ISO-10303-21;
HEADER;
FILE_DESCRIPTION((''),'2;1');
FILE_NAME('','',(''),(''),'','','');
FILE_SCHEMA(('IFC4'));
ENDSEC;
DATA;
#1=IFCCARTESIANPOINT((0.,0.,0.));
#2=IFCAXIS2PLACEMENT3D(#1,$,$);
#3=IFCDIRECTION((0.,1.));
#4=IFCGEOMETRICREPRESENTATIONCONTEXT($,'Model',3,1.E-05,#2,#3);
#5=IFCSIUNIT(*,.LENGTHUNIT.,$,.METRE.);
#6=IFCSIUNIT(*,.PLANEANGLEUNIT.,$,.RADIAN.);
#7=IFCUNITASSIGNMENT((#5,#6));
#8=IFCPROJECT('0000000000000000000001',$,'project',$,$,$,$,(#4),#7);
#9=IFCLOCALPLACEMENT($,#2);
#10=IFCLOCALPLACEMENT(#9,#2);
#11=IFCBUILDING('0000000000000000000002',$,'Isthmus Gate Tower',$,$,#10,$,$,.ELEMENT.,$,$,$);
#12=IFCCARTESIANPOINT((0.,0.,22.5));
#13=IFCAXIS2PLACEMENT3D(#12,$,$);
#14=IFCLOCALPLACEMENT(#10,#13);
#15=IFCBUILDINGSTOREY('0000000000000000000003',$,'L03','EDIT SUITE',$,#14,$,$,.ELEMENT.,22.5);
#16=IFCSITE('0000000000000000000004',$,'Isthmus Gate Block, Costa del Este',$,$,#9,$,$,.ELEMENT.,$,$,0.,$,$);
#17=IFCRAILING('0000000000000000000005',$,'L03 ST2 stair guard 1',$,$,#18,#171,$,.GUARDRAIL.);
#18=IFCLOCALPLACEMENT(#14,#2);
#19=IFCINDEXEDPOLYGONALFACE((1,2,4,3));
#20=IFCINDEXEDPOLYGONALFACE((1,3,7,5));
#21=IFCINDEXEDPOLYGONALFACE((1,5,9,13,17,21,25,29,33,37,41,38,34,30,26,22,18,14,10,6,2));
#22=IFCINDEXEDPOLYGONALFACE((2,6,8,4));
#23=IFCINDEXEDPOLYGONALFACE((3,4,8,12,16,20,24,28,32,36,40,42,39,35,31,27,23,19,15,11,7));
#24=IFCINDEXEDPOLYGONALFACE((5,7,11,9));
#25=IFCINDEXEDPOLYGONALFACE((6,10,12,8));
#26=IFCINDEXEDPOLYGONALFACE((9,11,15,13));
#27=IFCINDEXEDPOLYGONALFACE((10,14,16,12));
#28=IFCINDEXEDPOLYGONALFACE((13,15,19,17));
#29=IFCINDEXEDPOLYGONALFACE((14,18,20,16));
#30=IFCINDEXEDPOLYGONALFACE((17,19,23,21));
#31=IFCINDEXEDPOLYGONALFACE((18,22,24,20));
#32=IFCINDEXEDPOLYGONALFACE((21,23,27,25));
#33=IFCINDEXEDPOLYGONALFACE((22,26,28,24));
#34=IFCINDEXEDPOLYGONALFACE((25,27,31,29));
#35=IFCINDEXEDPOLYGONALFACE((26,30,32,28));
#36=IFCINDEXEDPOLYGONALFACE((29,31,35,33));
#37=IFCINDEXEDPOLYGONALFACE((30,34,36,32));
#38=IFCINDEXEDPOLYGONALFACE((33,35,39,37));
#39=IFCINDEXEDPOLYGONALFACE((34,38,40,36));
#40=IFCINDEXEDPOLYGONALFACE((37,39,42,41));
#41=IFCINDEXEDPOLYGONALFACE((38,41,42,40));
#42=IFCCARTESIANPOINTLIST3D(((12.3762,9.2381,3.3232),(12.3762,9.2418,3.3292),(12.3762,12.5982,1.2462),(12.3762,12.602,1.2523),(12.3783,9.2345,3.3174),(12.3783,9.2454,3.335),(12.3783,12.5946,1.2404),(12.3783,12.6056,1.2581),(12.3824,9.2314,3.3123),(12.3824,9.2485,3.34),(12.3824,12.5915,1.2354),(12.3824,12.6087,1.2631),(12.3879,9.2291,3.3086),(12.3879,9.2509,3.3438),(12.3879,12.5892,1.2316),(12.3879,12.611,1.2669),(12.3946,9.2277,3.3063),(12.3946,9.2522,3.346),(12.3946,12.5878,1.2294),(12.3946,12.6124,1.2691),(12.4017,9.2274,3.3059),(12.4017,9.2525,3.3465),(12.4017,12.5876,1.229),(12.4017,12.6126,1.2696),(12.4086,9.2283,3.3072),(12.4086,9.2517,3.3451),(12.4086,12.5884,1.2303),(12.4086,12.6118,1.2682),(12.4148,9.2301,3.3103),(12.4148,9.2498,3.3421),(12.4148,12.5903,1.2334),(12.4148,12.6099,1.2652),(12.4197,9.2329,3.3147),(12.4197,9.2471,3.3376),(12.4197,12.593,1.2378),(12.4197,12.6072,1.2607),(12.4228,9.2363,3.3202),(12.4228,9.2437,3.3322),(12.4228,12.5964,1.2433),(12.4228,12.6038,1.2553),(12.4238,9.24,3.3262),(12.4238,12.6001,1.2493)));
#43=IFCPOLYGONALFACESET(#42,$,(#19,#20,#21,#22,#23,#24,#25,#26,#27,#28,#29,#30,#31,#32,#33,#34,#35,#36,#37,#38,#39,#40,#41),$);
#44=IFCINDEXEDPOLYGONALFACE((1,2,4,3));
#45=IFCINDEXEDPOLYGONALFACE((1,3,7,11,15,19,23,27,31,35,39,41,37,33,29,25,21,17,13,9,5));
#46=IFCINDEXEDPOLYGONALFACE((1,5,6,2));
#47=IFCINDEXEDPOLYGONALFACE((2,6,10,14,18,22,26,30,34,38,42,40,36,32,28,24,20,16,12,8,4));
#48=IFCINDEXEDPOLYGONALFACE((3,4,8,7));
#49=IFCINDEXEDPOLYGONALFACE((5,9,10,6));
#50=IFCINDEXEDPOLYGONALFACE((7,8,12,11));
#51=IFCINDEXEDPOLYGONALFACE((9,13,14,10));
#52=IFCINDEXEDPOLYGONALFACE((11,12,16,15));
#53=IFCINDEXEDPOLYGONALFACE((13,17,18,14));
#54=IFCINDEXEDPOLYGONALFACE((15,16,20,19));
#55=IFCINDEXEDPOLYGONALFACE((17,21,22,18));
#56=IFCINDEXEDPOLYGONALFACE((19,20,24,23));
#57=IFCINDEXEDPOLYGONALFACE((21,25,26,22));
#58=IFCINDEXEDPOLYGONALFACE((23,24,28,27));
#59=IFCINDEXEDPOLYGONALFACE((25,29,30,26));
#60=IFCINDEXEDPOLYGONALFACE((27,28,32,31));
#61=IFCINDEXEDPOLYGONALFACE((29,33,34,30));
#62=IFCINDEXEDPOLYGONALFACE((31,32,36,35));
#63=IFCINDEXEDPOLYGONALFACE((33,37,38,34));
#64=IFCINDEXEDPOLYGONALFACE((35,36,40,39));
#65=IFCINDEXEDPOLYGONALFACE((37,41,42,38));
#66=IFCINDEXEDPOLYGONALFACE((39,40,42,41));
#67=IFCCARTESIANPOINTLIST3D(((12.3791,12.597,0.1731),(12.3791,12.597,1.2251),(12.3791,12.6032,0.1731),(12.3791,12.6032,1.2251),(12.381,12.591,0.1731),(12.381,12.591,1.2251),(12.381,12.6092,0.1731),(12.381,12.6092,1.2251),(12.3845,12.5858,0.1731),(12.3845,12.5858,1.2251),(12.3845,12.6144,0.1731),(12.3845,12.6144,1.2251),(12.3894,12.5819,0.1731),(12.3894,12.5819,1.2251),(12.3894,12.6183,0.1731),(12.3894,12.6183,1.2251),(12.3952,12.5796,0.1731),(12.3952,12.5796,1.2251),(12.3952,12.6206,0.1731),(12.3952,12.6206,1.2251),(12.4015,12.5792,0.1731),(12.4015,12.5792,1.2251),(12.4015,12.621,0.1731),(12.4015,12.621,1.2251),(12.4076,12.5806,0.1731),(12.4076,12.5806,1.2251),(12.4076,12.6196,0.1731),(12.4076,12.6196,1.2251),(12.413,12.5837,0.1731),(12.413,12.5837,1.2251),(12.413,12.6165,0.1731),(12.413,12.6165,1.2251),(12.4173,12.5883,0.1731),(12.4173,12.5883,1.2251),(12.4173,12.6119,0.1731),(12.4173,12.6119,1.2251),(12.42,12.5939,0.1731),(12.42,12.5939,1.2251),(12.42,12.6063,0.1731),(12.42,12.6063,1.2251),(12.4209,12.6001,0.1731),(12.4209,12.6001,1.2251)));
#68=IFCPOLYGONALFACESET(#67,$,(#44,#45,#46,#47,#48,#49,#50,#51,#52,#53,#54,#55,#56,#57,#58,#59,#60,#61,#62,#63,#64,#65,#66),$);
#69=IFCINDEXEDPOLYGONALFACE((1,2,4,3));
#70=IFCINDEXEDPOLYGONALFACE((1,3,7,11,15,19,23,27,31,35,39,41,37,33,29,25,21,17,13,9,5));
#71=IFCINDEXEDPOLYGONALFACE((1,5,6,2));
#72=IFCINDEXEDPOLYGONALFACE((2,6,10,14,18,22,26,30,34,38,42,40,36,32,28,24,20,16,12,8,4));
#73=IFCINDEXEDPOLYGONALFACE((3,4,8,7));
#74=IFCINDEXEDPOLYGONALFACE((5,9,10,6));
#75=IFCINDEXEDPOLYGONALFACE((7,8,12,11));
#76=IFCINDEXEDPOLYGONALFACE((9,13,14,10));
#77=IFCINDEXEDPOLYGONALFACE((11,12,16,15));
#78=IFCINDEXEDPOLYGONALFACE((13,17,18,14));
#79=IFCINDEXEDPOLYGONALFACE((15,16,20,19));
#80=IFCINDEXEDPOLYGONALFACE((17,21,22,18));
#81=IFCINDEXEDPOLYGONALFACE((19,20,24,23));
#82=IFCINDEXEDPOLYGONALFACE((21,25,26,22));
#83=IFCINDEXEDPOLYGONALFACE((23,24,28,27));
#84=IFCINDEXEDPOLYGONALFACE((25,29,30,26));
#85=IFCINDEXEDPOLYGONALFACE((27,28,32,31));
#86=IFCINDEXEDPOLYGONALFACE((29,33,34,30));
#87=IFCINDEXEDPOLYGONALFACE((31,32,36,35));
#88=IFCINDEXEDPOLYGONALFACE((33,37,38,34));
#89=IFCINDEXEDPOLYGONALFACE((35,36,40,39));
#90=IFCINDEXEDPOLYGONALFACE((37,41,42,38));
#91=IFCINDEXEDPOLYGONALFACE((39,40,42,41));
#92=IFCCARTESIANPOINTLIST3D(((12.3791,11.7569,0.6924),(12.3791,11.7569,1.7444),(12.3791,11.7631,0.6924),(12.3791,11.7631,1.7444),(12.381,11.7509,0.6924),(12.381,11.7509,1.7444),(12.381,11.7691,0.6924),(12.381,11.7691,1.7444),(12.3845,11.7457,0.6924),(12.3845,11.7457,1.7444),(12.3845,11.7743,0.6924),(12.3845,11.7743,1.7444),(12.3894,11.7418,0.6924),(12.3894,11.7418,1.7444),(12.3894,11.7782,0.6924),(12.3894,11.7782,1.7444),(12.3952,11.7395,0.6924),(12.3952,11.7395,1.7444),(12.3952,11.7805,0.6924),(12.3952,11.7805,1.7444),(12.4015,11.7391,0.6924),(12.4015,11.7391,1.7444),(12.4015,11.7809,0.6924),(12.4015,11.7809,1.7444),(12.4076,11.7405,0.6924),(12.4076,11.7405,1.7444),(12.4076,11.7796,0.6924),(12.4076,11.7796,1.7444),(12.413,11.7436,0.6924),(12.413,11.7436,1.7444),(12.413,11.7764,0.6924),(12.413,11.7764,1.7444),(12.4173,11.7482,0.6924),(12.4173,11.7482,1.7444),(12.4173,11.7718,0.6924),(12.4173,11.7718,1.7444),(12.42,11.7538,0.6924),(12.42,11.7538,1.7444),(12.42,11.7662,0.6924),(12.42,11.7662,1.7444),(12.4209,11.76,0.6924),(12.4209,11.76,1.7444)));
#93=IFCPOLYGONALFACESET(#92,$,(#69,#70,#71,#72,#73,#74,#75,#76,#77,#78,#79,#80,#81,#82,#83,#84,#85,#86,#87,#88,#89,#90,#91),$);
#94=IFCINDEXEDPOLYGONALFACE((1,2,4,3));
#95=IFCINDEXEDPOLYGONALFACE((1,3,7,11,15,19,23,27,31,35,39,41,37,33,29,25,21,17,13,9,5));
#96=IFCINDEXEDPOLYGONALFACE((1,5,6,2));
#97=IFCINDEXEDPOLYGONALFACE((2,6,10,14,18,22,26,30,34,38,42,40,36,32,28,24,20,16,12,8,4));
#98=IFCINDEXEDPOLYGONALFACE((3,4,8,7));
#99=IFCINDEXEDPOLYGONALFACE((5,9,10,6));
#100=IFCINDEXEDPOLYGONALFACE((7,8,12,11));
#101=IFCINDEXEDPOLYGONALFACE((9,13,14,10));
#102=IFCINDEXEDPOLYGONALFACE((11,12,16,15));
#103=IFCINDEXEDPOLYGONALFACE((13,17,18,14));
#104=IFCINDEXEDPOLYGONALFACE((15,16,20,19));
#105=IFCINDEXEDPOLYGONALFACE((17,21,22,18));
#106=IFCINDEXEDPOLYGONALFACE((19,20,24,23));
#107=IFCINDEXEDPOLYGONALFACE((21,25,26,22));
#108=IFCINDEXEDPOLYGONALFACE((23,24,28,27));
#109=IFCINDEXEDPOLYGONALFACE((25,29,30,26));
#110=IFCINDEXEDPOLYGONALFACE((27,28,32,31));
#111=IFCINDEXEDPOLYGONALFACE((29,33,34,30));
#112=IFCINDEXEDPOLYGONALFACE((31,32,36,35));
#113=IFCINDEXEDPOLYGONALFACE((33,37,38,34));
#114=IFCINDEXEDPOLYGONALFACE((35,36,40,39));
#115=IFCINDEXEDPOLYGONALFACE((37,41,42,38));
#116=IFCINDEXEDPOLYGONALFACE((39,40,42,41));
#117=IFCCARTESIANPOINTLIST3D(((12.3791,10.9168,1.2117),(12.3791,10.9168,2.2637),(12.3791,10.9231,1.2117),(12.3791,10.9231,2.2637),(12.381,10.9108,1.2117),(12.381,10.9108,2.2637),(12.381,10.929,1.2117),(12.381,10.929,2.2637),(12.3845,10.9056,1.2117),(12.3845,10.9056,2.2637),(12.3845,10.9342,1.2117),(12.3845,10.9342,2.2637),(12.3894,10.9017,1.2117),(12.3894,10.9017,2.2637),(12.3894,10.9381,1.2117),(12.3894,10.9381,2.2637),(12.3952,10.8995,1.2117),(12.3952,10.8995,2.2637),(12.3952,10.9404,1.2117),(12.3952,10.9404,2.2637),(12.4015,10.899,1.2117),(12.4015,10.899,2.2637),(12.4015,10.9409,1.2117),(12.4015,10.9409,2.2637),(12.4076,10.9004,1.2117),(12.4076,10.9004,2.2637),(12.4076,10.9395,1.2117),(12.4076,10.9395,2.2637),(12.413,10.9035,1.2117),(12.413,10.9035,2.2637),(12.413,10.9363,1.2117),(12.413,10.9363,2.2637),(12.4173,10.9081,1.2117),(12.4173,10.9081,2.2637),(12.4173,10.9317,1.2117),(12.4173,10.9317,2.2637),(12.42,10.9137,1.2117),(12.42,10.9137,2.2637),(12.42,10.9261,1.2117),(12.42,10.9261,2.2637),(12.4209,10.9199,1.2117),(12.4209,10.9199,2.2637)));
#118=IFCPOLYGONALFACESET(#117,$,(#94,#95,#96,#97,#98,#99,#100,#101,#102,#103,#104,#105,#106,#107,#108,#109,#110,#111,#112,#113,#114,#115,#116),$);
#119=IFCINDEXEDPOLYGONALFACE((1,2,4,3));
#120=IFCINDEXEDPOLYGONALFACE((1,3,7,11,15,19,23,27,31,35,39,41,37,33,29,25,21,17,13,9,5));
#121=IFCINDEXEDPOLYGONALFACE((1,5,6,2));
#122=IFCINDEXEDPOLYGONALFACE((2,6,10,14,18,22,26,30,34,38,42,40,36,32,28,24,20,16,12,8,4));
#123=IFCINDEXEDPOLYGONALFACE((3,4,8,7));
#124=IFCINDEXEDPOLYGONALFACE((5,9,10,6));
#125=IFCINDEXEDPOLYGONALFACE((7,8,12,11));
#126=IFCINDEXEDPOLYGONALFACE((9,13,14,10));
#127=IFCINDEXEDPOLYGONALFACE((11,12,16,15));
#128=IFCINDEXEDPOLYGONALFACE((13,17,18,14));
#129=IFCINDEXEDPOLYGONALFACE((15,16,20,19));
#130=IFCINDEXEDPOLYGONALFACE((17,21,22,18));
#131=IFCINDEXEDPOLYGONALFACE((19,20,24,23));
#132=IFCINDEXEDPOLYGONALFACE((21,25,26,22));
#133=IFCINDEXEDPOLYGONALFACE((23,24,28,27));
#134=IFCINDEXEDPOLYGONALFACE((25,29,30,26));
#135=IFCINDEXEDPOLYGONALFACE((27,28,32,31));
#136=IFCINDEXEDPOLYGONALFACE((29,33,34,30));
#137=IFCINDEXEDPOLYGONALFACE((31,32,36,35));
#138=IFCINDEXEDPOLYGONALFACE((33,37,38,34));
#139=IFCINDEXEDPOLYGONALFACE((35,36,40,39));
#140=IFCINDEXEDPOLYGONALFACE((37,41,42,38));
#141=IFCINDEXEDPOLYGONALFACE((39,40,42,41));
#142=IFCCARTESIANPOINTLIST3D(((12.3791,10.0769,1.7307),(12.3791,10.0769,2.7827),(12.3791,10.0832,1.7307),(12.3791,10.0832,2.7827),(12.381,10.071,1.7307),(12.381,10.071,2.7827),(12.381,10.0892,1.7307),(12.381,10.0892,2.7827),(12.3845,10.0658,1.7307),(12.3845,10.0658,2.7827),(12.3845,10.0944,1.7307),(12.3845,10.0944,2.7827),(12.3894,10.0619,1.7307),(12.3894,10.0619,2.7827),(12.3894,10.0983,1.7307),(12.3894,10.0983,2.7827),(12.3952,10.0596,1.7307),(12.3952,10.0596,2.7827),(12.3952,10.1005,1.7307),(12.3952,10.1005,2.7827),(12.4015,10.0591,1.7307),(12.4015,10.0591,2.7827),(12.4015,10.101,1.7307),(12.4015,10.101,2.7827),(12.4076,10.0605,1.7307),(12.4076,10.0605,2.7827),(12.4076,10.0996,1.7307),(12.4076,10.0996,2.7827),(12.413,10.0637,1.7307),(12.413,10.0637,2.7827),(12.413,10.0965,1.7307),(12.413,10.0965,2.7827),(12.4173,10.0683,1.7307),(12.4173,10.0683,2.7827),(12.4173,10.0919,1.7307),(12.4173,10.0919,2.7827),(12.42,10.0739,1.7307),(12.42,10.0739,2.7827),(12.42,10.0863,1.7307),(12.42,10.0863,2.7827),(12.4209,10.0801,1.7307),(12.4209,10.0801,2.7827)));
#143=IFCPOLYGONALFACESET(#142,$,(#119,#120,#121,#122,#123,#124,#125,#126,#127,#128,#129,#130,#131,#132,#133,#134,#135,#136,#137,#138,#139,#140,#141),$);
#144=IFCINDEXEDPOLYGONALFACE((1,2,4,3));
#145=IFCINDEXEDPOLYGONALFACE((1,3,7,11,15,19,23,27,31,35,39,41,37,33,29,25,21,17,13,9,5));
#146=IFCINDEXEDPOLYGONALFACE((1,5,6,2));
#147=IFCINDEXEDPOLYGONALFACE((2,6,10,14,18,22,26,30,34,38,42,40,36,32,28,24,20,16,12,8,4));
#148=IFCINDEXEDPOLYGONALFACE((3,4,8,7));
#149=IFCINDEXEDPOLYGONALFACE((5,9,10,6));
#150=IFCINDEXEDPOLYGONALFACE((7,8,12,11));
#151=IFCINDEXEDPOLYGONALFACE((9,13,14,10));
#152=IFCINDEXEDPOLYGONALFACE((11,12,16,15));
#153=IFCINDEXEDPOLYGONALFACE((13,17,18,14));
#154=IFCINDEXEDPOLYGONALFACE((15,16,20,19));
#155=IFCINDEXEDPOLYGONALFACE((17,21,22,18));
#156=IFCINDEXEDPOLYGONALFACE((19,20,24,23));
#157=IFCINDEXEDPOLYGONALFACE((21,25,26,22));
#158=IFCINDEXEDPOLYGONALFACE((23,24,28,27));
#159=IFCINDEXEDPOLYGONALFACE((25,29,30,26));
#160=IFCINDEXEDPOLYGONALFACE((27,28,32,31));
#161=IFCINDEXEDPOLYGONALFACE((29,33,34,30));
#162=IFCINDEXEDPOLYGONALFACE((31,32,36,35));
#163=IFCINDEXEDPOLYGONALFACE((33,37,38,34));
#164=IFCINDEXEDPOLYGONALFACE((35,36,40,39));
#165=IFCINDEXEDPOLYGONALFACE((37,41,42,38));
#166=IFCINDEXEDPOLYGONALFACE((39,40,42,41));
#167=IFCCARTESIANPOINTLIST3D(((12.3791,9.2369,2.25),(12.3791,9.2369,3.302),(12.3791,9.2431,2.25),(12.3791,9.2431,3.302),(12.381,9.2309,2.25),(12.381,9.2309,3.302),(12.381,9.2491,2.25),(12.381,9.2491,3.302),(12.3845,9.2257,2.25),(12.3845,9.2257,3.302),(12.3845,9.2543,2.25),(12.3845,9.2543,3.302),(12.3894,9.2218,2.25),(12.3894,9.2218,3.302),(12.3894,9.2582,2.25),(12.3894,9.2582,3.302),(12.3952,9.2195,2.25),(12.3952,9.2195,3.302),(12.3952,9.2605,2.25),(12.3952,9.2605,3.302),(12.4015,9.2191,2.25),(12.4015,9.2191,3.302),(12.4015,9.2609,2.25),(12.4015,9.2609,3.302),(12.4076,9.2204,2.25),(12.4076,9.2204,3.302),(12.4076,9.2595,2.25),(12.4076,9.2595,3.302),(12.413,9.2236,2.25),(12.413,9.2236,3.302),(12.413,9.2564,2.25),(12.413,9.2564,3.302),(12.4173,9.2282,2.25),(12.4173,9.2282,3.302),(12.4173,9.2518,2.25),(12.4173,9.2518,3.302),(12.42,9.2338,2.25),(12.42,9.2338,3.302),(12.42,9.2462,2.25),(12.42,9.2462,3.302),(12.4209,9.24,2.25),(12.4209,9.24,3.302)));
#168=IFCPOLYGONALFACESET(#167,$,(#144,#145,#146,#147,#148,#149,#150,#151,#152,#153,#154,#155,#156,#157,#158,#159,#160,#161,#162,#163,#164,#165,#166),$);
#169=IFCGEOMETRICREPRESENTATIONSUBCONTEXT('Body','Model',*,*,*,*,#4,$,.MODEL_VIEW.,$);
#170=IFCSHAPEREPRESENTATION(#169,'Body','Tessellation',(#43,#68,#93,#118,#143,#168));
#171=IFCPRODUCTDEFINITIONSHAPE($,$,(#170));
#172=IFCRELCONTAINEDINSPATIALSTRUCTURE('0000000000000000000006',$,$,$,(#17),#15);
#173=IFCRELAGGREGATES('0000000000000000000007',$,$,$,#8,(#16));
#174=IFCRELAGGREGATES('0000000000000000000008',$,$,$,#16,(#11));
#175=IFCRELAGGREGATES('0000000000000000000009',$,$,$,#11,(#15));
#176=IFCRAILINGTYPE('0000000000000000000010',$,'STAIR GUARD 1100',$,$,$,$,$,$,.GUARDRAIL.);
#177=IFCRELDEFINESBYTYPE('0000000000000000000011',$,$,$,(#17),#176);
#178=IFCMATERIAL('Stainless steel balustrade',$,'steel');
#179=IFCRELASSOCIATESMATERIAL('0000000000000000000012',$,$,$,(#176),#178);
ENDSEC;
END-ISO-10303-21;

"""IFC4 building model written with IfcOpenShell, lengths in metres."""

from ifc_helpers import new_model, si_unit, direction, frame, origin, origin_2d, place, context, subcontext, project, spatial, circle, extrude, material, type_object, element, save


model = new_model("IFC4")

# Units and contexts
model_context = context("Model", 3, precision=1e-05, world=origin(), true_north=direction((0.0, 1.0)))
body_context = subcontext(model_context, "Body", "Model", "MODEL_VIEW")
ifc_project = project(units=[si_unit("LENGTHUNIT", "METRE"), si_unit("PLANEANGLEUNIT", "RADIAN")], contexts=[model_context])

# Site, building, storey
site_placement = place(None, origin())
site = spatial("IfcSite", under=ifc_project, at=site_placement, Name="Isthmus Gate Block, Costa del Este", CompositionType="ELEMENT", RefElevation=0.0)
building_placement = place(site_placement, origin())
building = spatial("IfcBuilding", under=site, at=building_placement, Name="Isthmus Gate Tower", CompositionType="ELEMENT")
storey_placement = place(building_placement, frame((0.0, 0.0, 22.5)))
storey = spatial("IfcBuildingStorey", under=building, at=storey_placement, Name="L03", Description="EDIT SUITE", CompositionType="ELEMENT", Elevation=22.5)

# Railing
ifc_material_1 = material(Name="Stainless steel balustrade", Category="steel")
railing_type_1 = type_object("IfcRailingType", Name="STAIR GUARD 1100", PredefinedType="GUARDRAIL", material=ifc_material_1)
railing_1_placement = place(storey_placement, frame((12.3999, 12.6001, 0.1731)))
element("IfcRailing", 1, at=railing_1_placement, inside=storey, type_object=railing_type_1, Name="L03 ST2 stair guard 1", PredefinedType="GUARDRAIL", context=body_context, shape_type="SweptSolid", body=[
    extrude(circle(Radius=0.0239, at=origin_2d()), frame((0.0, 0.0, 1.0762), z_axis=(0.0, -0.850623, 0.525776), x_axis=(1.0, 0.0, 0.0)), (0.0, 0.0, 1.0), 3.9502),
    extrude(circle(Radius=0.021, at=origin_2d()), origin(), (0.0, 0.0, 1.0), 1.052),
    extrude(circle(Radius=0.021, at=origin_2d()), frame((0.0, -0.8401, 0.5193)), (0.0, 0.0, 1.0), 1.052),
    extrude(circle(Radius=0.021, at=origin_2d()), frame((0.0, -1.6802, 1.0386)), (0.0, 0.0, 1.0), 1.052),
    extrude(circle(Radius=0.021, at=origin_2d()), frame((0.0, -2.52, 1.5576)), (0.0, 0.0, 1.0), 1.052),
    extrude(circle(Radius=0.021, at=origin_2d()), frame((0.0, -3.3601, 2.0769)), (0.0, 0.0, 1.0), 1.052),
])

save(model, "model.ifc")
